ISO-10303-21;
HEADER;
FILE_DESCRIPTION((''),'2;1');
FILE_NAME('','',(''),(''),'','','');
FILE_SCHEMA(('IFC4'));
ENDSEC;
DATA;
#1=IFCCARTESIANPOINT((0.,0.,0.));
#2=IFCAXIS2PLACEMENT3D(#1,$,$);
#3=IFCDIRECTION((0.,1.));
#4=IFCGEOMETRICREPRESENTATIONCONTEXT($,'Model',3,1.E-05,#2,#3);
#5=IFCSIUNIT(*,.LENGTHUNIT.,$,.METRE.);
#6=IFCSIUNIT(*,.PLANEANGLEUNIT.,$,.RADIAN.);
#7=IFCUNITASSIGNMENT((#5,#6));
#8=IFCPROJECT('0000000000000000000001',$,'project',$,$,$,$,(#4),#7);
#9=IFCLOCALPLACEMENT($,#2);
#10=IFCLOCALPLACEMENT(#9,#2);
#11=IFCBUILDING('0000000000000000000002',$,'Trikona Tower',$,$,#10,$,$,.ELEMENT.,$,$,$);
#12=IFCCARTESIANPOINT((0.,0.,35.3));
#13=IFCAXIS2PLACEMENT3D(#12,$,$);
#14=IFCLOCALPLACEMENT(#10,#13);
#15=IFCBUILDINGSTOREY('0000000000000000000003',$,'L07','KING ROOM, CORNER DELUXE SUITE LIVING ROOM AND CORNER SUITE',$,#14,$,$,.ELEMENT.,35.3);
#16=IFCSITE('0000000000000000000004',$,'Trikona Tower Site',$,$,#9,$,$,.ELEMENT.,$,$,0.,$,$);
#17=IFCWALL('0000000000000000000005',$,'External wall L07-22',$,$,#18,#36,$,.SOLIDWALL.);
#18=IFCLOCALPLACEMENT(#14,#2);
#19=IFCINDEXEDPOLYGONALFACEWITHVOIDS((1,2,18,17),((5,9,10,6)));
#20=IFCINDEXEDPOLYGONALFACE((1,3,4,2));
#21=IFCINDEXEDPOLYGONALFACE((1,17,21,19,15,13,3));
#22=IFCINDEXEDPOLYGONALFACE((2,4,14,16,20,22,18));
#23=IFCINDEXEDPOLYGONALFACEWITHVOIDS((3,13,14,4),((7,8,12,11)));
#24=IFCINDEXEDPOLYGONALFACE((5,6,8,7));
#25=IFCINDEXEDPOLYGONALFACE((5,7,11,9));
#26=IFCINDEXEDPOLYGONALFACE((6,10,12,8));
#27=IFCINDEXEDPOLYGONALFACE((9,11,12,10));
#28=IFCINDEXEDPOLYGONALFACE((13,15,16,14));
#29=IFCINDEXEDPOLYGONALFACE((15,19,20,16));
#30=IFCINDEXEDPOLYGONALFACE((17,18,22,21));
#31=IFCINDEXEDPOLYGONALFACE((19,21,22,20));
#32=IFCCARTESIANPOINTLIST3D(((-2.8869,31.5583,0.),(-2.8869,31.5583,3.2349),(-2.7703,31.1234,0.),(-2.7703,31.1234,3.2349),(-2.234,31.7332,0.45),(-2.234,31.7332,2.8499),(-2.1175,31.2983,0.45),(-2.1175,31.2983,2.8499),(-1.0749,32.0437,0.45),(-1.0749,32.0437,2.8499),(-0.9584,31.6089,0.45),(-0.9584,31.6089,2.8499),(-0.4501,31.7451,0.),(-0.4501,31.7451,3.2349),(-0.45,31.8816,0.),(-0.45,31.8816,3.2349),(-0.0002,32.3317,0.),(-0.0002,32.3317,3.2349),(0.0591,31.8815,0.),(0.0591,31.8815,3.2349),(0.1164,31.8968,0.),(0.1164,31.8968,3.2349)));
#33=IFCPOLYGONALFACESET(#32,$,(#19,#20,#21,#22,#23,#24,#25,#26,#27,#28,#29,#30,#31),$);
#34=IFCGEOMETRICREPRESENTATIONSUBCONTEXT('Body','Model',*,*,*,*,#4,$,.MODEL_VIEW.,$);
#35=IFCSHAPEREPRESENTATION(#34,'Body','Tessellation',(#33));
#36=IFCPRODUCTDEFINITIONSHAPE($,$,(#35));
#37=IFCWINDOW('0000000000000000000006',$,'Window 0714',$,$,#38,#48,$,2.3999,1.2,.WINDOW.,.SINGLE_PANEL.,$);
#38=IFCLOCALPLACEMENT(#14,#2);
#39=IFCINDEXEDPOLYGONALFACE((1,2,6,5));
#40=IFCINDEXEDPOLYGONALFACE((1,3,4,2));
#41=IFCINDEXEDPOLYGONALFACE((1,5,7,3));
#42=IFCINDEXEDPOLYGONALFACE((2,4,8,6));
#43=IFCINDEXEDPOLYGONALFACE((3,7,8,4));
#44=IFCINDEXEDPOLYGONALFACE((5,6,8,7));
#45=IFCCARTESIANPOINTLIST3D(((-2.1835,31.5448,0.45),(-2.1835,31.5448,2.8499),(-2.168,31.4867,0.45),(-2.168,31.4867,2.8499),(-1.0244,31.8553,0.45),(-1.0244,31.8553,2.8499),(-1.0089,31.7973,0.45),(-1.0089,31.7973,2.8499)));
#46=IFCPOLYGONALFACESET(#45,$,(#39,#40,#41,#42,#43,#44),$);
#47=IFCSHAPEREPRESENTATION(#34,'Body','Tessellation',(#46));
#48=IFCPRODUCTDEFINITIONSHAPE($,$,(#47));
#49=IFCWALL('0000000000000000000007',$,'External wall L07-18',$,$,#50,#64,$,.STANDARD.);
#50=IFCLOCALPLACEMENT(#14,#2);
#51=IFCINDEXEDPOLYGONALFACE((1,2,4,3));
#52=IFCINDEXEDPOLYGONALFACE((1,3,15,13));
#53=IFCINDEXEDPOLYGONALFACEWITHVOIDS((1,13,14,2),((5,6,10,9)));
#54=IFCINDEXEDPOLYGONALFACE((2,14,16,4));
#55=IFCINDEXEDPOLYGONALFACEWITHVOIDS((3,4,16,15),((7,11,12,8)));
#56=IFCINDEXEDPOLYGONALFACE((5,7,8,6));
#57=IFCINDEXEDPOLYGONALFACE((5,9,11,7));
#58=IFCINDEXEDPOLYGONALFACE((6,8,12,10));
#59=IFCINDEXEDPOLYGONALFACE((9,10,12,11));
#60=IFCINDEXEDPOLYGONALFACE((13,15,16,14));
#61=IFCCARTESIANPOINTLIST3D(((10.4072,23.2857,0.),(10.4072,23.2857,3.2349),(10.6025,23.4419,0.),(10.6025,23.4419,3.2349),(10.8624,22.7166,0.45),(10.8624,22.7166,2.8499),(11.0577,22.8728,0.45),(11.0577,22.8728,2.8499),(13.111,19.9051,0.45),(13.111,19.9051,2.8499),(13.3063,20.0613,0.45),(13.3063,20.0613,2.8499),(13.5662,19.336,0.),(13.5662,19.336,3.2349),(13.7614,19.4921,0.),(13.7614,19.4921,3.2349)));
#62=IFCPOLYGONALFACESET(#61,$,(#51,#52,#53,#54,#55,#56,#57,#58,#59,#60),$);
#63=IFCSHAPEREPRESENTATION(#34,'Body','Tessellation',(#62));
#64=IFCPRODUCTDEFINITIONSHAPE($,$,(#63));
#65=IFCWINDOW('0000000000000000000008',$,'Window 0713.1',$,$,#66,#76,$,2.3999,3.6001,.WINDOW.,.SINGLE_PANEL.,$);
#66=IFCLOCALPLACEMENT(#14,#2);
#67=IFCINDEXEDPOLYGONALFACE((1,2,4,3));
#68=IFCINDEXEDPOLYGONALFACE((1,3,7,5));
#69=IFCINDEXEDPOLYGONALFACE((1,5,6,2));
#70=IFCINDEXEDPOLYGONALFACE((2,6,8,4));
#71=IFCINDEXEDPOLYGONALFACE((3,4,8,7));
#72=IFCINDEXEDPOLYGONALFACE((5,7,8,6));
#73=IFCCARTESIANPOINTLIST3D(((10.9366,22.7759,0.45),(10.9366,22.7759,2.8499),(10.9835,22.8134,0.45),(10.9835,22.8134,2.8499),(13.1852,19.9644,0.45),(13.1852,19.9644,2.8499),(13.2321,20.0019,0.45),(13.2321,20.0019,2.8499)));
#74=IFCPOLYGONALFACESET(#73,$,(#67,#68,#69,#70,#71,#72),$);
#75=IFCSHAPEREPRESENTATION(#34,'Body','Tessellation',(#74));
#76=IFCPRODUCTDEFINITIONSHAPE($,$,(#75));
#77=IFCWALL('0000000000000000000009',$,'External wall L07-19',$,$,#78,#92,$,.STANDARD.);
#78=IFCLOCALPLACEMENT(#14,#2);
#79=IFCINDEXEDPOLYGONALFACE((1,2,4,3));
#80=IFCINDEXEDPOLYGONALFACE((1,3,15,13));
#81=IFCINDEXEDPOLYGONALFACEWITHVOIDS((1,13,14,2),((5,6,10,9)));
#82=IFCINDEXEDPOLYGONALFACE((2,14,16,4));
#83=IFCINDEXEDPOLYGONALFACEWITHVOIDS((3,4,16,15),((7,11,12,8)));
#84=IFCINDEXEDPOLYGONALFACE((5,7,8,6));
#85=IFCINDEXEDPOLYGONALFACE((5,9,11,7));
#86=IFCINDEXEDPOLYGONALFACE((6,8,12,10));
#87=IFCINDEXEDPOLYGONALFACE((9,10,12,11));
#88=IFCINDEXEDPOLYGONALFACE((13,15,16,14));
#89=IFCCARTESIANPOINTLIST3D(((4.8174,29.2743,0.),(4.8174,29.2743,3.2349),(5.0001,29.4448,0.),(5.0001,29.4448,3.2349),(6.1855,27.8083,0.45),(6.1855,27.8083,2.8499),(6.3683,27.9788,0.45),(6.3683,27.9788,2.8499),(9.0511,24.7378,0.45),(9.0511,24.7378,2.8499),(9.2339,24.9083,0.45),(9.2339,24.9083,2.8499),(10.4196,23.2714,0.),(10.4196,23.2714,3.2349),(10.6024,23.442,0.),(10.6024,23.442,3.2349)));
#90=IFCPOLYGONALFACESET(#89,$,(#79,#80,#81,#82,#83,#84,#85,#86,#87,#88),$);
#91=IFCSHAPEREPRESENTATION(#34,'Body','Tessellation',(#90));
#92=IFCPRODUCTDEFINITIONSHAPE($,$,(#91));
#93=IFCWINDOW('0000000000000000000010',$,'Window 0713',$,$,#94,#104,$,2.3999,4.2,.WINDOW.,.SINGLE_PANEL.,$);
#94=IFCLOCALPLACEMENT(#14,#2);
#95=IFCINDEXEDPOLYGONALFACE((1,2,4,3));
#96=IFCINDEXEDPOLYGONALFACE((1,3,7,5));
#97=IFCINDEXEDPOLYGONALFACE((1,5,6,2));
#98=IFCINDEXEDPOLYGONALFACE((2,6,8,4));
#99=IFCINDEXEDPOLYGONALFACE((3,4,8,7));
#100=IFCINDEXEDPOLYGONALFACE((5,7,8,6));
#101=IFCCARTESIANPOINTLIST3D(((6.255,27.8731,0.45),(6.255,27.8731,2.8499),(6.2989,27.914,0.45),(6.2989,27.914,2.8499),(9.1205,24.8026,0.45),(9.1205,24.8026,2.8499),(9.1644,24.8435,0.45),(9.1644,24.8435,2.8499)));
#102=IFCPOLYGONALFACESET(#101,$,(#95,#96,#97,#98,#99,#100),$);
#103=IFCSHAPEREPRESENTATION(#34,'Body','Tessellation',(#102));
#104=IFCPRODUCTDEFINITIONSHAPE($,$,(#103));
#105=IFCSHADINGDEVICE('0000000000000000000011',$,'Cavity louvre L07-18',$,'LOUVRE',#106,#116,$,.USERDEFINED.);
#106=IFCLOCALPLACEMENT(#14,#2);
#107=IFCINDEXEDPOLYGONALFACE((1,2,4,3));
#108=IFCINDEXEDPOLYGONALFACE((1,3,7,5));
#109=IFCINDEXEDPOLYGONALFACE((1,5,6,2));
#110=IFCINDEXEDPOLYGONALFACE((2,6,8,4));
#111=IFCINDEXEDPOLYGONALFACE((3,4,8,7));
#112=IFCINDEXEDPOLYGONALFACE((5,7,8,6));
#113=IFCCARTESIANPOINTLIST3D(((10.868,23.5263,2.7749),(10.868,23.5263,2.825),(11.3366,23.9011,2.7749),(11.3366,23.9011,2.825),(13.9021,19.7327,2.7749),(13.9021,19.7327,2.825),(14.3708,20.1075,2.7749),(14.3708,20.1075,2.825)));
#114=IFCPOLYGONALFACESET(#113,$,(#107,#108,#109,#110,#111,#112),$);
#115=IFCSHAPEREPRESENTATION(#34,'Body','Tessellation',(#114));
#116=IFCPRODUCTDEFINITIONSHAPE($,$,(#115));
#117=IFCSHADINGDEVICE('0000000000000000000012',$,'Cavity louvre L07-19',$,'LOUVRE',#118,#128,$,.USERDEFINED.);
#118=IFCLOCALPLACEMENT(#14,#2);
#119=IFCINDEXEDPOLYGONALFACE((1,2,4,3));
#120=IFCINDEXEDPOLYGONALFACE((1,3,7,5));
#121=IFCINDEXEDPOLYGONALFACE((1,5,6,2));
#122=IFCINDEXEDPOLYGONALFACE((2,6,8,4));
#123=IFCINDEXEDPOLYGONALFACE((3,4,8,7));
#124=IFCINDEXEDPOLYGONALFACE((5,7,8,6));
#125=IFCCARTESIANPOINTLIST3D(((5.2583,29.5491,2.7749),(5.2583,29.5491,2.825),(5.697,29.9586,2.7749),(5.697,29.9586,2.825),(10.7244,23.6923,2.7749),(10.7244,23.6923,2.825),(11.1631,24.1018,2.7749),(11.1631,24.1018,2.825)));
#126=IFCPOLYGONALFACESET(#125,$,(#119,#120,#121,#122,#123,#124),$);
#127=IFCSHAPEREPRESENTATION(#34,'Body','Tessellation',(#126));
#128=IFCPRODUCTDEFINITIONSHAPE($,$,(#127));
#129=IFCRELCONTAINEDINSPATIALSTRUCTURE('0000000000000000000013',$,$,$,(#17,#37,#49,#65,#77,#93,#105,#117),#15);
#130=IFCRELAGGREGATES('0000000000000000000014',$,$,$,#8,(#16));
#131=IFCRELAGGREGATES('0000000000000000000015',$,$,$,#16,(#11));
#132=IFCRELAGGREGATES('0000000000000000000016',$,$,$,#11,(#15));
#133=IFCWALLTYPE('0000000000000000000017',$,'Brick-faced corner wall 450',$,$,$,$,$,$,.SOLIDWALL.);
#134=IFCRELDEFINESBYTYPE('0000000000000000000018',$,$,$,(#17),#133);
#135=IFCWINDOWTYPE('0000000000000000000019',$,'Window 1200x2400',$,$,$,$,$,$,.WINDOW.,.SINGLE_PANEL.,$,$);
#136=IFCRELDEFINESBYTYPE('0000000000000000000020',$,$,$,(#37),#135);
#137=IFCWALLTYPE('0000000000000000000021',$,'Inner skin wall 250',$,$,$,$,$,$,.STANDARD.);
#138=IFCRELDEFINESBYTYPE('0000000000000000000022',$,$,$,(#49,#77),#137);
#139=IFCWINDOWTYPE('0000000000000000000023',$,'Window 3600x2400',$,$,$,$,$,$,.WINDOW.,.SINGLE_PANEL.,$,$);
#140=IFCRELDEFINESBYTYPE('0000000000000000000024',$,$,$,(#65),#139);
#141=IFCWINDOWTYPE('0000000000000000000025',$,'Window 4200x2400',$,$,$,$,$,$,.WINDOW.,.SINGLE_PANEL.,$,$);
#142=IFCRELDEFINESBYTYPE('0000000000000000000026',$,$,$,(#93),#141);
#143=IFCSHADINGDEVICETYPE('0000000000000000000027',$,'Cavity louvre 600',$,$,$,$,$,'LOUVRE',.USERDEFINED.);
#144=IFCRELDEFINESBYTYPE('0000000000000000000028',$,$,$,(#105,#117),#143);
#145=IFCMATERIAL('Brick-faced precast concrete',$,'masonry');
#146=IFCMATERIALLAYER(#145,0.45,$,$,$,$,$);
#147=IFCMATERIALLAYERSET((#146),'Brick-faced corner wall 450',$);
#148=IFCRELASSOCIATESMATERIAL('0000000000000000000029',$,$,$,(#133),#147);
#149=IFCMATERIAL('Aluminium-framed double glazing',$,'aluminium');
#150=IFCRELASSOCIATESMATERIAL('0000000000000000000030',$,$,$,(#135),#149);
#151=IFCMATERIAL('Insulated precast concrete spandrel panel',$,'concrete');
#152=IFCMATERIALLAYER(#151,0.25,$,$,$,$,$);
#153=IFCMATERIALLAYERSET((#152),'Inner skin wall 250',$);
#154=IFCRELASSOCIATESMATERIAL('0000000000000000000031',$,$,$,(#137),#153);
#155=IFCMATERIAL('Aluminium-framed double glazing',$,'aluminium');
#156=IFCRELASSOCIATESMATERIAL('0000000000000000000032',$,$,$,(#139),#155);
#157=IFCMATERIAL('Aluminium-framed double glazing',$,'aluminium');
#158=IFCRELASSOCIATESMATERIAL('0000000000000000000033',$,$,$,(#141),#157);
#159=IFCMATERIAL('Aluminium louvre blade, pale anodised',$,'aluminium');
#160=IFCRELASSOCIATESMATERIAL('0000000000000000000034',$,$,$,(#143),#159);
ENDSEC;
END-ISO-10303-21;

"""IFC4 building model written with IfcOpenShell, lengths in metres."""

from ifc_helpers import new_model, si_unit, direction, frame, frame_2d, origin, origin_2d, place, context, subcontext, project, spatial, polyline, rectangle, outline, extrude, material, layer, layer_set, type_object, element, fill, save


model = new_model("IFC4")

# Units and contexts
model_context = context("Model", 3, precision=1e-05, world=origin(), true_north=direction((0.0, 1.0)))
body_context = subcontext(model_context, "Body", "Model", "MODEL_VIEW")
ifc_project = project(units=[si_unit("LENGTHUNIT", "METRE"), si_unit("PLANEANGLEUNIT", "RADIAN")], contexts=[model_context])

# Site, building, storey
site_placement = place(None, origin())
site = spatial("IfcSite", under=ifc_project, at=site_placement, Name="Trikona Tower Site", CompositionType="ELEMENT", RefElevation=0.0)
building_placement = place(site_placement, origin())
building = spatial("IfcBuilding", under=site, at=building_placement, Name="Trikona Tower", CompositionType="ELEMENT")
storey_placement = place(building_placement, frame((0.0, 0.0, 35.3)))
storey = spatial("IfcBuildingStorey", under=building, at=storey_placement, Name="L07", Description="KING ROOM, CORNER DELUXE SUITE LIVING ROOM AND CORNER SUITE", CompositionType="ELEMENT", Elevation=35.3)

# Walls, openings, windows
ifc_material_1 = material(Name="Brick-faced precast concrete", Category="masonry")
ifc_layer_1 = layer(ifc_material_1, 0.45)
ifc_layer_set_1 = layer_set([ifc_layer_1], Name="Brick-faced corner wall 450")
wall_type_1 = type_object("IfcWallType", Name="Brick-faced corner wall 450", PredefinedType="SOLIDWALL", material=ifc_layer_set_1)
ifc_material_2 = material(Name="Aluminium-framed double glazing", Category="aluminium")
window_type_1 = type_object("IfcWindowType", Name="Window 1200x2400", PartitioningType="SINGLE_PANEL", PredefinedType="WINDOW", material=ifc_material_2)
wall_1_placement = place(storey_placement, frame((0.0581, 32.1143, 0.0), z_axis=(0.0, 0.0, 1.0), x_axis=(-0.965931, -0.258801, 0.0)))
wall_1 = element("IfcWall", 1, at=wall_1_placement, inside=storey, type_object=wall_type_1, Name="External wall L07-22", PredefinedType="SOLIDWALL", context=body_context, shape_type="SweptSolid", body=[
    extrude(outline(polyline([(2.9885, 0.2251), (0.5864, 0.2251), (0.551, 0.0933), (0.0593, 0.2251), (0.0, 0.2251), (0.0, -0.2251), (2.9885, -0.2251), (2.9885, 0.2251)])), origin(), (0.0, 0.0, 1.0), 3.2349),
])
opening_1_placement = place(wall_1_placement, frame((1.1125, 0.0, 0.45)))
opening_1 = element("IfcOpeningElement", 2, at=opening_1_placement, cuts=wall_1, PredefinedType="OPENING", context=body_context, shape_type="SweptSolid", body=[
    extrude(rectangle(XDim=1.2, YDim=2.3999, at=frame_2d((0.6001, 1.2))), frame((0.0, 0.2349, 0.0), z_axis=(0.0, -1.0, 0.0), x_axis=(1.0, 0.0, 0.0)), (0.0, 0.0, 1.0), 0.47),
])
window_1_placement = place(opening_1_placement, origin())
window_1 = element("IfcWindow", 3, at=window_1_placement, inside=storey, type_object=window_type_1, Name="Window 0714", OverallHeight=2.3999, OverallWidth=1.2, PartitioningType="SINGLE_PANEL", PredefinedType="WINDOW", context=body_context, shape_type="SweptSolid", body=[
    extrude(rectangle(XDim=1.2, YDim=2.3999, at=frame_2d((0.6001, 1.2))), frame((0.0, 0.03, 0.0), z_axis=(0.0, -1.0, 0.0), x_axis=(1.0, 0.0, 0.0)), (0.0, 0.0, 1.0), 0.0601),
])
fill(opening_1, window_1)
ifc_material_3 = material(Name="Insulated precast concrete spandrel panel", Category="concrete")
ifc_layer_2 = layer(ifc_material_3, 0.25)
ifc_layer_set_2 = layer_set([ifc_layer_2], Name="Inner skin wall 250")
wall_type_2 = type_object("IfcWallType", Name="Inner skin wall 250", PredefinedType="STANDARD", material=ifc_layer_set_2)
wall_2_placement = place(storey_placement, frame((13.6638, 19.4141, 0.0), z_axis=(0.0, 0.0, 1.0), x_axis=(-0.624595, 0.780949, 0.0)))
wall_2 = element("IfcWall", 4, at=wall_2_placement, inside=storey, type_object=wall_type_2, Name="External wall L07-18", PredefinedType="STANDARD", context=body_context, shape_type="SweptSolid", body=[
    extrude(rectangle(XDim=5.0576, YDim=0.25, at=frame_2d((2.5288, 0.0))), origin(), (0.0, 0.0, 1.0), 3.2349),
])
opening_2_placement = place(wall_2_placement, frame((0.7288, 0.0, 0.45)))
opening_2 = element("IfcOpeningElement", 5, at=opening_2_placement, cuts=wall_2, PredefinedType="OPENING", context=body_context, shape_type="SweptSolid", body=[
    extrude(rectangle(XDim=3.6001, YDim=2.3999, at=frame_2d((1.8, 1.2))), frame((0.0, 0.135, 0.0), z_axis=(0.0, -1.0, 0.0), x_axis=(1.0, 0.0, 0.0)), (0.0, 0.0, 1.0), 0.27),
])
ifc_material_4 = material(Name="Aluminium-framed double glazing", Category="aluminium")
window_type_2 = type_object("IfcWindowType", Name="Window 3600x2400", PartitioningType="SINGLE_PANEL", PredefinedType="WINDOW", material=ifc_material_4)
window_2_placement = place(opening_2_placement, origin())
window_2 = element("IfcWindow", 6, at=window_2_placement, inside=storey, type_object=window_type_2, Name="Window 0713.1", OverallHeight=2.3999, OverallWidth=3.6001, PartitioningType="SINGLE_PANEL", PredefinedType="WINDOW", context=body_context, shape_type="SweptSolid", body=[
    extrude(rectangle(XDim=3.6001, YDim=2.3999, at=frame_2d((1.8, 1.2))), frame((0.0, 0.03, 0.0), z_axis=(0.0, -1.0, 0.0), x_axis=(1.0, 0.0, 0.0)), (0.0, 0.0, 1.0), 0.0601),
])
fill(opening_2, window_2)
wall_3_placement = place(storey_placement, frame((10.511, 23.3567, 0.0), z_axis=(0.0, 0.0, 1.0), x_axis=(-0.68229, 0.731082, 0.0)))
wall_3 = element("IfcWall", 7, at=wall_3_placement, inside=storey, type_object=wall_type_2, Name="External wall L07-19", PredefinedType="STANDARD", context=body_context, shape_type="SweptSolid", body=[
    extrude(rectangle(XDim=8.2109, YDim=0.25, at=frame_2d((4.1055, 0.0))), origin(), (0.0, 0.0, 1.0), 3.2349),
])
opening_3_placement = place(wall_3_placement, frame((2.0056, 0.0, 0.45)))
opening_3 = element("IfcOpeningElement", 8, at=opening_3_placement, cuts=wall_3, PredefinedType="OPENING", context=body_context, shape_type="SweptSolid", body=[
    extrude(rectangle(XDim=4.2, YDim=2.3999, at=frame_2d((2.1001, 1.2))), frame((0.0, 0.135, 0.0), z_axis=(0.0, -1.0, 0.0), x_axis=(1.0, 0.0, 0.0)), (0.0, 0.0, 1.0), 0.27),
])
ifc_material_5 = material(Name="Aluminium-framed double glazing", Category="aluminium")
window_type_3 = type_object("IfcWindowType", Name="Window 4200x2400", PartitioningType="SINGLE_PANEL", PredefinedType="WINDOW", material=ifc_material_5)
window_3_placement = place(opening_3_placement, origin())
window_3 = element("IfcWindow", 9, at=window_3_placement, inside=storey, type_object=window_type_3, Name="Window 0713", OverallHeight=2.3999, OverallWidth=4.2, PartitioningType="SINGLE_PANEL", PredefinedType="WINDOW", context=body_context, shape_type="SweptSolid", body=[
    extrude(rectangle(XDim=4.2, YDim=2.3999, at=frame_2d((2.1001, 1.2))), frame((0.0, 0.03, 0.0), z_axis=(0.0, -1.0, 0.0), x_axis=(1.0, 0.0, 0.0)), (0.0, 0.0, 1.0), 0.0601),
])
fill(opening_3, window_3)

# Shading devices
ifc_material_6 = material(Name="Aluminium louvre blade, pale anodised", Category="aluminium")
shading_device_type = type_object("IfcShadingDeviceType", Name="Cavity louvre 600", ElementType="LOUVRE", PredefinedType="USERDEFINED", material=ifc_material_6)
shading_device_1_placement = place(storey_placement, frame((12.6194, 21.8169, 2.7749), z_axis=(0.0, 0.0, 1.0), x_axis=(-0.624604, 0.780942, 0.0)))
element("IfcShadingDevice", 10, at=shading_device_1_placement, inside=storey, type_object=shading_device_type, Name="Cavity louvre L07-18", ObjectType="LOUVRE", PredefinedType="USERDEFINED", context=body_context, shape_type="SweptSolid", body=[
    extrude(rectangle(XDim=4.8577, YDim=0.6001, at=origin_2d()), origin(), (0.0, 0.0, 1.0), 0.05),
])
shading_device_2_placement = place(storey_placement, frame((8.2107, 26.8254, 2.7749), z_axis=(0.0, 0.0, 1.0), x_axis=(-0.682298, 0.731074, 0.0)))
element("IfcShadingDevice", 11, at=shading_device_2_placement, inside=storey, type_object=shading_device_type, Name="Cavity louvre L07-19", ObjectType="LOUVRE", PredefinedType="USERDEFINED", context=body_context, shape_type="SweptSolid", body=[
    extrude(rectangle(XDim=8.0112, YDim=0.6001, at=origin_2d()), origin(), (0.0, 0.0, 1.0), 0.05),
])

save(model, "model.ifc")
